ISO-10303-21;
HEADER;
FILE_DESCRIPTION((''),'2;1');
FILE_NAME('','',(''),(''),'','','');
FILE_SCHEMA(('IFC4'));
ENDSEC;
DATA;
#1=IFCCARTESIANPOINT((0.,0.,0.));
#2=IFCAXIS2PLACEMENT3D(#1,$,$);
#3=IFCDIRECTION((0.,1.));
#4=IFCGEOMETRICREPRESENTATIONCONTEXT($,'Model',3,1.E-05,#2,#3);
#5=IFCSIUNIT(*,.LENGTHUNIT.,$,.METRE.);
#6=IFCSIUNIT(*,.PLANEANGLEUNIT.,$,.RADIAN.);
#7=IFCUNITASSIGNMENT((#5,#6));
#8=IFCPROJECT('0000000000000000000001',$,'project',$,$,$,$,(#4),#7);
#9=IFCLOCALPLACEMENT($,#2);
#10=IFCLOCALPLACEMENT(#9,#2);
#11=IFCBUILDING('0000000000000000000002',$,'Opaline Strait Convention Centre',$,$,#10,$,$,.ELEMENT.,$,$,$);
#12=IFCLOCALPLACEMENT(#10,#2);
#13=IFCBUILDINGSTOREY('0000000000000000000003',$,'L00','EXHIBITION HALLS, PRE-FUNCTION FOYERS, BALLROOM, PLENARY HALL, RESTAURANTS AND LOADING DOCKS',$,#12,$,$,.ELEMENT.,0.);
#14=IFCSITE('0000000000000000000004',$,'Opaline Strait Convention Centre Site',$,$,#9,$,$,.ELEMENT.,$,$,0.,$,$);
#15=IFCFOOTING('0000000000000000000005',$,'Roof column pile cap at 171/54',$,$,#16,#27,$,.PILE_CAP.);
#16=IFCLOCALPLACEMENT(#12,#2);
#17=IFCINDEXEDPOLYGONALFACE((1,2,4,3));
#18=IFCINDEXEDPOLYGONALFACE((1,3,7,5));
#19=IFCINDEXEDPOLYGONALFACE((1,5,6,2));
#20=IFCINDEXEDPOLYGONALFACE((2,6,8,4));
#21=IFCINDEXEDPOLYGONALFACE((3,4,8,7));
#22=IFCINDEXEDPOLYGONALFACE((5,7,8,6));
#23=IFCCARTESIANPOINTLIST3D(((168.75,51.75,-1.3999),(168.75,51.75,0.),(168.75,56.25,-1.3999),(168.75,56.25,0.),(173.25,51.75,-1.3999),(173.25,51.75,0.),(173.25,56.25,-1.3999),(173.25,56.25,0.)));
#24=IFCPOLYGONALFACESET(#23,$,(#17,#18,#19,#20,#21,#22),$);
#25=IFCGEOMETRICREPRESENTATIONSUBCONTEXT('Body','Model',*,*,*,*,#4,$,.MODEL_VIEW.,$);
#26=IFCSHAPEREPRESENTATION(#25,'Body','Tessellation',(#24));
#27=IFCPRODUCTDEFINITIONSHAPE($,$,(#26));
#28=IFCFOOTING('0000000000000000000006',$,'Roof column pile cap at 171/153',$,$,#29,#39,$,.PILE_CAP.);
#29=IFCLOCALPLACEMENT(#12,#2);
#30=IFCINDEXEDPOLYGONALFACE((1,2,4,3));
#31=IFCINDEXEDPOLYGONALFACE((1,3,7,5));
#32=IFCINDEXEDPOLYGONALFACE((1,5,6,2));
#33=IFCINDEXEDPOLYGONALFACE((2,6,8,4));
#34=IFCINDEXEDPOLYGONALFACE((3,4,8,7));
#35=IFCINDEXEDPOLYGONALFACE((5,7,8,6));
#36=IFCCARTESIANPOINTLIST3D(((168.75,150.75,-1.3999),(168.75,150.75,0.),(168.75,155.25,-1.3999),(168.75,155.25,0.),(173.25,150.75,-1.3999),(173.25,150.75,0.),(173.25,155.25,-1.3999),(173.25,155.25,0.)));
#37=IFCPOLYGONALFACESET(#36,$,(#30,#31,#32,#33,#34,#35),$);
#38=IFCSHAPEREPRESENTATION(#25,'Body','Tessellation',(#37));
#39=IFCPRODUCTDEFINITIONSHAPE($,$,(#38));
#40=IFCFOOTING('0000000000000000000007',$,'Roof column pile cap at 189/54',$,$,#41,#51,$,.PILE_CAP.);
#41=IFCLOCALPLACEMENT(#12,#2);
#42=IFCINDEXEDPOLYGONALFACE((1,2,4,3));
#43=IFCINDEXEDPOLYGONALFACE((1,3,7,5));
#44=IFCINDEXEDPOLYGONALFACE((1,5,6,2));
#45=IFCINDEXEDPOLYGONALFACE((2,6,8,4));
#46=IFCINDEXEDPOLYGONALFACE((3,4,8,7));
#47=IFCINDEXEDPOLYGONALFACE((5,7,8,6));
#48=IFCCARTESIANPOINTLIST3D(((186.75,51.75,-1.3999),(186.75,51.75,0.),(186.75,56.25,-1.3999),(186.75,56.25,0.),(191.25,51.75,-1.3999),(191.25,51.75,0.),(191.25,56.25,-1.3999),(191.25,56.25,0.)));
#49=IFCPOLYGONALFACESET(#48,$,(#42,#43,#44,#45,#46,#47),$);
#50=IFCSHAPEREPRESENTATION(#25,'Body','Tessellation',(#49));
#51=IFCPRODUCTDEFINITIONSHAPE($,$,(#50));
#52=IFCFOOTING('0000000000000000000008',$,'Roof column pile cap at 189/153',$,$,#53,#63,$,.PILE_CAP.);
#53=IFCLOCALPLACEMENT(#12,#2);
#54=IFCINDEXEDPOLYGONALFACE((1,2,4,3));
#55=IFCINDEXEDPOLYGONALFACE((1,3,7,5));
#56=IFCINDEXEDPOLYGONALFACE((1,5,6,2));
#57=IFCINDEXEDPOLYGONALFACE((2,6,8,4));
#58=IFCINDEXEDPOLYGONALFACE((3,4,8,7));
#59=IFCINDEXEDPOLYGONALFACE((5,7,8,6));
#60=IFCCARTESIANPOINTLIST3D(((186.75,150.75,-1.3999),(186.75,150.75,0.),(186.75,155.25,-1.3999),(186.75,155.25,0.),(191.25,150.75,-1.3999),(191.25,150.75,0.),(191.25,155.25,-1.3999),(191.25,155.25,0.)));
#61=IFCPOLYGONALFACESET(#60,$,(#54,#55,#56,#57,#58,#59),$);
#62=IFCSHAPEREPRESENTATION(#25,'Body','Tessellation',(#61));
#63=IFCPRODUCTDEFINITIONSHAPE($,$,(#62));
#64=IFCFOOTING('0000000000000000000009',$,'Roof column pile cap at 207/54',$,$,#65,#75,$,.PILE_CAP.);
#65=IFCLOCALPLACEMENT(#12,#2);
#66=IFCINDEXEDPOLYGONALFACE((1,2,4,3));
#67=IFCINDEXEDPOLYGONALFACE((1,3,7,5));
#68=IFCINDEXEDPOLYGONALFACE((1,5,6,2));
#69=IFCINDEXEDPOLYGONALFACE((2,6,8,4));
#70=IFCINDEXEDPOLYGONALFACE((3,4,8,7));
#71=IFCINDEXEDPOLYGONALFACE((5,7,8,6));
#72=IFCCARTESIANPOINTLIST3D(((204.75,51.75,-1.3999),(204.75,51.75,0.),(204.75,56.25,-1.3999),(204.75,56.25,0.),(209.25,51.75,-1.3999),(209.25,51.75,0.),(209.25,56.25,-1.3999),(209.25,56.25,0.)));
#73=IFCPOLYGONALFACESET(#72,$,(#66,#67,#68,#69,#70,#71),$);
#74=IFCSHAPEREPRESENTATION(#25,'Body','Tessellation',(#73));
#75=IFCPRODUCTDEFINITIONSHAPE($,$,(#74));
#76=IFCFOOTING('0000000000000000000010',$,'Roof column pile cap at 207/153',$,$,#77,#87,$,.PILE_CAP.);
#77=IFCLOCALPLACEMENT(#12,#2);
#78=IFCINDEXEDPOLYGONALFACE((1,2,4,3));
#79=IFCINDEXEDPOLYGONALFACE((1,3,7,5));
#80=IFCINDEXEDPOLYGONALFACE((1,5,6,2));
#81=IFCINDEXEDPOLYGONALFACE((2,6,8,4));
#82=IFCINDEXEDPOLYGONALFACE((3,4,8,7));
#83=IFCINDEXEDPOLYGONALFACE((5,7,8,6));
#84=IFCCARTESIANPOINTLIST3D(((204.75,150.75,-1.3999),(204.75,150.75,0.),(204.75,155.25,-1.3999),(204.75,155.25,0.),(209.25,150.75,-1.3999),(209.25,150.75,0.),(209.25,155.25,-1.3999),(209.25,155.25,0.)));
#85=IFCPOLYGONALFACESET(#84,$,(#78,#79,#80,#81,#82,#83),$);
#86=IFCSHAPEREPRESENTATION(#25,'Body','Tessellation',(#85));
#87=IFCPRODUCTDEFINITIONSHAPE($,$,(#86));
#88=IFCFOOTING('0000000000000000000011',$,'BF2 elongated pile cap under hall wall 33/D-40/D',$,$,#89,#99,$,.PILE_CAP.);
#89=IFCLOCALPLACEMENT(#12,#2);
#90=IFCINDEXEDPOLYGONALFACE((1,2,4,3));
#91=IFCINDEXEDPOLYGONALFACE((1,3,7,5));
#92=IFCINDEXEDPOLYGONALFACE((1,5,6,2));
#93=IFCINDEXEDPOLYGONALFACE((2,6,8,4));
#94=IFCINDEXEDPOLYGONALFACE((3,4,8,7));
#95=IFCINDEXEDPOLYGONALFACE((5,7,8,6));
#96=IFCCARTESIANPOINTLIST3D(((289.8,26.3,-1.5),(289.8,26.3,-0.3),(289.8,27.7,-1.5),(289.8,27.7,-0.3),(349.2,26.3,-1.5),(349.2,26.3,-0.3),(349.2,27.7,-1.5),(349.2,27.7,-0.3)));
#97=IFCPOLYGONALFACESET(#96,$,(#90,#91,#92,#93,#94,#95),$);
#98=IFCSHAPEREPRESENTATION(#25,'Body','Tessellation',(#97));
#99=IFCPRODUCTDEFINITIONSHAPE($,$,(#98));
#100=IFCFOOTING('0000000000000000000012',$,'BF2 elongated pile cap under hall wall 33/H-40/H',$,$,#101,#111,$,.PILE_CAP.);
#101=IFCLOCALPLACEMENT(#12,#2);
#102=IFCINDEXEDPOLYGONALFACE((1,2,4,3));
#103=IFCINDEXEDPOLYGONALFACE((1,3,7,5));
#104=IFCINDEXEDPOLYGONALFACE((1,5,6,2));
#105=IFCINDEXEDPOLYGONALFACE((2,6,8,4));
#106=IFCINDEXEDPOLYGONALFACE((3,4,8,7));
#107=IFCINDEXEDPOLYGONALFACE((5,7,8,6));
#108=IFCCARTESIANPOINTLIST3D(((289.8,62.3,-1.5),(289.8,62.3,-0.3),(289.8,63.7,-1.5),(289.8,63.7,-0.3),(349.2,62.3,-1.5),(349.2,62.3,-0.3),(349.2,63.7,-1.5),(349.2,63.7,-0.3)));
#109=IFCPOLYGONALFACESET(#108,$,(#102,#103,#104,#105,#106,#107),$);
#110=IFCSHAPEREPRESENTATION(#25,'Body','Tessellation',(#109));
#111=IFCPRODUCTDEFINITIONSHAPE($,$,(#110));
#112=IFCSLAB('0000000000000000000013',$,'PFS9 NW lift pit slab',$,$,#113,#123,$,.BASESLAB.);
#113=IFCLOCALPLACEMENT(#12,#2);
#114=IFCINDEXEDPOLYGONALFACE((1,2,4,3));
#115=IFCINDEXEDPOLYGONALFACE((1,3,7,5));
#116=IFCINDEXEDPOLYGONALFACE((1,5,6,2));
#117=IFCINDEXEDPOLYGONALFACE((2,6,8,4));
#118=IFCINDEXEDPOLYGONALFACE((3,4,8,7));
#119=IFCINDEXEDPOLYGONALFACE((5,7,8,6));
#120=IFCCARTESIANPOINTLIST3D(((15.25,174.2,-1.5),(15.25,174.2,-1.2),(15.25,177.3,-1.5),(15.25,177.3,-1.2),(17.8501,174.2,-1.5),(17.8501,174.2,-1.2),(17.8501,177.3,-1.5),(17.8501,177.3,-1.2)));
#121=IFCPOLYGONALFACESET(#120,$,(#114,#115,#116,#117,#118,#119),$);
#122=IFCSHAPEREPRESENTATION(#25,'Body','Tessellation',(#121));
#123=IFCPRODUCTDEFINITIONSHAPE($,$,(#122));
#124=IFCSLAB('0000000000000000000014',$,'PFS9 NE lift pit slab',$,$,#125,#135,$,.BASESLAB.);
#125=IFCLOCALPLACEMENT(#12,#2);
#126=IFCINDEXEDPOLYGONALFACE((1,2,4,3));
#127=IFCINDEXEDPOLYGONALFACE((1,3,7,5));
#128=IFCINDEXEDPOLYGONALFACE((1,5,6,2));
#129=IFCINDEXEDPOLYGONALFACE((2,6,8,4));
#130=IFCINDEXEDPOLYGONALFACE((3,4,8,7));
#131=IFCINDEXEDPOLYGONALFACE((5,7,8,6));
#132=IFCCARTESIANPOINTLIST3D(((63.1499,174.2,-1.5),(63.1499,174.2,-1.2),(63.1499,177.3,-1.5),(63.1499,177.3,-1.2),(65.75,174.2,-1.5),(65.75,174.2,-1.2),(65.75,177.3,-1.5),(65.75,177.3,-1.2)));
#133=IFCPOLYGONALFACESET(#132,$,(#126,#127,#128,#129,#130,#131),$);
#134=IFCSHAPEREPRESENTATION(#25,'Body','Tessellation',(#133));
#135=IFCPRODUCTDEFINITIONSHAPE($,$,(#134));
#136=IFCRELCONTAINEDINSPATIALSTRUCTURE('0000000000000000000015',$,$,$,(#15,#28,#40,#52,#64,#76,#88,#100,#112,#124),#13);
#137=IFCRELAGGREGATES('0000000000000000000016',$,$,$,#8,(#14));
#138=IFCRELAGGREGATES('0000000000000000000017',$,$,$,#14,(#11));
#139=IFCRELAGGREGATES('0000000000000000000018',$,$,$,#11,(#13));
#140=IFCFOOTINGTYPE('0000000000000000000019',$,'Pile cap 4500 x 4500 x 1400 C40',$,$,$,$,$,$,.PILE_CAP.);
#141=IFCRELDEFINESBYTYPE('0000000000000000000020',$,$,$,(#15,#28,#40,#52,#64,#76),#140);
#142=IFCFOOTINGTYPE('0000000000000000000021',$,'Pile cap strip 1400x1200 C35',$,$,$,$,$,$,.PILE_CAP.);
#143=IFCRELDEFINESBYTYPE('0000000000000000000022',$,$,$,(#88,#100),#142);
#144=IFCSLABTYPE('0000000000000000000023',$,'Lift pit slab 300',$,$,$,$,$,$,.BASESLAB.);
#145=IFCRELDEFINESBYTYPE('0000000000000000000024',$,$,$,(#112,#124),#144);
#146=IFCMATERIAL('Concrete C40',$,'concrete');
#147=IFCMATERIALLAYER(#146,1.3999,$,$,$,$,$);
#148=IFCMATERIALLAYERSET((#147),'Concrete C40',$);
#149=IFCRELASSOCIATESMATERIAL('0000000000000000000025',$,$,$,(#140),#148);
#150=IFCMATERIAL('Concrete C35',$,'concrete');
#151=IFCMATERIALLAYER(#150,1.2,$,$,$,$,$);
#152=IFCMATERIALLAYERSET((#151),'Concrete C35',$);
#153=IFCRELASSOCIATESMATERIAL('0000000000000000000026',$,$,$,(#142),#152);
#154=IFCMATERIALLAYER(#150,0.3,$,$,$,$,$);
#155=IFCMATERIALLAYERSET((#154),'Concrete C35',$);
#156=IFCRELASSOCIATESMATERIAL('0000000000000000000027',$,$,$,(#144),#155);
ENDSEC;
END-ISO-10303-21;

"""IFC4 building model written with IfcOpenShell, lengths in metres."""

from ifc_helpers import new_model, si_unit, direction, frame, origin, place, context, subcontext, project, spatial, polyline, outline, extrude, material, layer, layer_set, type_object, element, save


model = new_model("IFC4")

# Units and contexts
model_context = context("Model", 3, precision=1e-05, world=origin(), true_north=direction((0.0, 1.0)))
body_context = subcontext(model_context, "Body", "Model", "MODEL_VIEW")
ifc_project = project(units=[si_unit("LENGTHUNIT", "METRE"), si_unit("PLANEANGLEUNIT", "RADIAN")], contexts=[model_context])

# Site, building, storey
site_placement = place(None, origin())
site = spatial("IfcSite", under=ifc_project, at=site_placement, Name="Opaline Strait Convention Centre Site", CompositionType="ELEMENT", RefElevation=0.0)
building_placement = place(site_placement, origin())
building = spatial("IfcBuilding", under=site, at=building_placement, Name="Opaline Strait Convention Centre", CompositionType="ELEMENT")
storey_placement = place(building_placement, origin())
storey = spatial("IfcBuildingStorey", under=building, at=storey_placement, Name="L00", Description="EXHIBITION HALLS, PRE-FUNCTION FOYERS, BALLROOM, PLENARY HALL, RESTAURANTS AND LOADING DOCKS", CompositionType="ELEMENT", Elevation=0.0)

# Footings
ifc_material_1 = material(Name="Concrete C35", Category="concrete")
ifc_material_2 = material(Name="Concrete C40", Category="concrete")
ifc_layer_1 = layer(ifc_material_2, 1.3999)
ifc_layer_set_1 = layer_set([ifc_layer_1], Name="Concrete C40")
footing_type_1 = type_object("IfcFootingType", Name="Pile cap 4500 x 4500 x 1400 C40", PredefinedType="PILE_CAP", material=ifc_layer_set_1)
footing_1_placement = place(storey_placement, frame((0.0, 0.0, -1.3999)))
element("IfcFooting", 1, at=footing_1_placement, inside=storey, type_object=footing_type_1, Name="Roof column pile cap at 171/54", PredefinedType="PILE_CAP", context=body_context, shape_type="SweptSolid", body=[
    extrude(outline(polyline([(168.75, 51.75), (173.25, 51.75), (173.25, 56.25), (168.75, 56.25), (168.75, 51.75)])), origin(), (0.0, 0.0, 1.0), 1.3999),
])
footing_2_placement = place(storey_placement, frame((0.0, 0.0, -1.3999)))
element("IfcFooting", 2, at=footing_2_placement, inside=storey, type_object=footing_type_1, Name="Roof column pile cap at 171/153", PredefinedType="PILE_CAP", context=body_context, shape_type="SweptSolid", body=[
    extrude(outline(polyline([(168.75, 150.75), (173.25, 150.75), (173.25, 155.25), (168.75, 155.25), (168.75, 150.75)])), origin(), (0.0, 0.0, 1.0), 1.3999),
])
footing_3_placement = place(storey_placement, frame((0.0, 0.0, -1.3999)))
element("IfcFooting", 3, at=footing_3_placement, inside=storey, type_object=footing_type_1, Name="Roof column pile cap at 189/54", PredefinedType="PILE_CAP", context=body_context, shape_type="SweptSolid", body=[
    extrude(outline(polyline([(186.75, 51.75), (191.25, 51.75), (191.25, 56.25), (186.75, 56.25), (186.75, 51.75)])), origin(), (0.0, 0.0, 1.0), 1.3999),
])
footing_4_placement = place(storey_placement, frame((0.0, 0.0, -1.3999)))
element("IfcFooting", 4, at=footing_4_placement, inside=storey, type_object=footing_type_1, Name="Roof column pile cap at 189/153", PredefinedType="PILE_CAP", context=body_context, shape_type="SweptSolid", body=[
    extrude(outline(polyline([(186.75, 150.75), (191.25, 150.75), (191.25, 155.25), (186.75, 155.25), (186.75, 150.75)])), origin(), (0.0, 0.0, 1.0), 1.3999),
])
footing_5_placement = place(storey_placement, frame((0.0, 0.0, -1.3999)))
element("IfcFooting", 5, at=footing_5_placement, inside=storey, type_object=footing_type_1, Name="Roof column pile cap at 207/54", PredefinedType="PILE_CAP", context=body_context, shape_type="SweptSolid", body=[
    extrude(outline(polyline([(204.75, 51.75), (209.25, 51.75), (209.25, 56.25), (204.75, 56.25), (204.75, 51.75)])), origin(), (0.0, 0.0, 1.0), 1.3999),
])
footing_6_placement = place(storey_placement, frame((0.0, 0.0, -1.3999)))
element("IfcFooting", 6, at=footing_6_placement, inside=storey, type_object=footing_type_1, Name="Roof column pile cap at 207/153", PredefinedType="PILE_CAP", context=body_context, shape_type="SweptSolid", body=[
    extrude(outline(polyline([(204.75, 150.75), (209.25, 150.75), (209.25, 155.25), (204.75, 155.25), (204.75, 150.75)])), origin(), (0.0, 0.0, 1.0), 1.3999),
])
ifc_layer_2 = layer(ifc_material_1, 1.2)
ifc_layer_set_2 = layer_set([ifc_layer_2], Name="Concrete C35")
footing_type_2 = type_object("IfcFootingType", Name="Pile cap strip 1400x1200 C35", PredefinedType="PILE_CAP", material=ifc_layer_set_2)
footing_7_placement = place(storey_placement, frame((0.0, 0.0, -1.5)))
element("IfcFooting", 7, at=footing_7_placement, inside=storey, type_object=footing_type_2, Name="BF2 elongated pile cap under hall wall 33/D-40/D", PredefinedType="PILE_CAP", context=body_context, shape_type="SweptSolid", body=[
    extrude(outline(polyline([(289.8, 26.3), (349.2, 26.3), (349.2, 27.7), (289.8, 27.7), (289.8, 26.3)])), origin(), (0.0, 0.0, 1.0), 1.2),
])
footing_8_placement = place(storey_placement, frame((0.0, 0.0, -1.5)))
element("IfcFooting", 8, at=footing_8_placement, inside=storey, type_object=footing_type_2, Name="BF2 elongated pile cap under hall wall 33/H-40/H", PredefinedType="PILE_CAP", context=body_context, shape_type="SweptSolid", body=[
    extrude(outline(polyline([(289.8, 62.3), (349.2, 62.3), (349.2, 63.7), (289.8, 63.7), (289.8, 62.3)])), origin(), (0.0, 0.0, 1.0), 1.2),
])

# Slabs
ifc_layer_3 = layer(ifc_material_1, 0.3)
ifc_layer_set_3 = layer_set([ifc_layer_3], Name="Concrete C35")
slab_type = type_object("IfcSlabType", Name="Lift pit slab 300", PredefinedType="BASESLAB", material=ifc_layer_set_3)
slab_1_placement = place(storey_placement, frame((0.0, 0.0, -1.5)))
element("IfcSlab", 9, at=slab_1_placement, inside=storey, type_object=slab_type, Name="PFS9 NW lift pit slab", PredefinedType="BASESLAB", context=body_context, shape_type="SweptSolid", body=[
    extrude(outline(polyline([(15.25, 174.2), (17.8501, 174.2), (17.8501, 177.3), (15.25, 177.3), (15.25, 174.2)])), origin(), (0.0, 0.0, 1.0), 0.3),
])
slab_2_placement = place(storey_placement, frame((0.0, 0.0, -1.5)))
element("IfcSlab", 10, at=slab_2_placement, inside=storey, type_object=slab_type, Name="PFS9 NE lift pit slab", PredefinedType="BASESLAB", context=body_context, shape_type="SweptSolid", body=[
    extrude(outline(polyline([(63.1499, 174.2), (65.75, 174.2), (65.75, 177.3), (63.1499, 177.3), (63.1499, 174.2)])), origin(), (0.0, 0.0, 1.0), 0.3),
])

save(model, "model.ifc")
